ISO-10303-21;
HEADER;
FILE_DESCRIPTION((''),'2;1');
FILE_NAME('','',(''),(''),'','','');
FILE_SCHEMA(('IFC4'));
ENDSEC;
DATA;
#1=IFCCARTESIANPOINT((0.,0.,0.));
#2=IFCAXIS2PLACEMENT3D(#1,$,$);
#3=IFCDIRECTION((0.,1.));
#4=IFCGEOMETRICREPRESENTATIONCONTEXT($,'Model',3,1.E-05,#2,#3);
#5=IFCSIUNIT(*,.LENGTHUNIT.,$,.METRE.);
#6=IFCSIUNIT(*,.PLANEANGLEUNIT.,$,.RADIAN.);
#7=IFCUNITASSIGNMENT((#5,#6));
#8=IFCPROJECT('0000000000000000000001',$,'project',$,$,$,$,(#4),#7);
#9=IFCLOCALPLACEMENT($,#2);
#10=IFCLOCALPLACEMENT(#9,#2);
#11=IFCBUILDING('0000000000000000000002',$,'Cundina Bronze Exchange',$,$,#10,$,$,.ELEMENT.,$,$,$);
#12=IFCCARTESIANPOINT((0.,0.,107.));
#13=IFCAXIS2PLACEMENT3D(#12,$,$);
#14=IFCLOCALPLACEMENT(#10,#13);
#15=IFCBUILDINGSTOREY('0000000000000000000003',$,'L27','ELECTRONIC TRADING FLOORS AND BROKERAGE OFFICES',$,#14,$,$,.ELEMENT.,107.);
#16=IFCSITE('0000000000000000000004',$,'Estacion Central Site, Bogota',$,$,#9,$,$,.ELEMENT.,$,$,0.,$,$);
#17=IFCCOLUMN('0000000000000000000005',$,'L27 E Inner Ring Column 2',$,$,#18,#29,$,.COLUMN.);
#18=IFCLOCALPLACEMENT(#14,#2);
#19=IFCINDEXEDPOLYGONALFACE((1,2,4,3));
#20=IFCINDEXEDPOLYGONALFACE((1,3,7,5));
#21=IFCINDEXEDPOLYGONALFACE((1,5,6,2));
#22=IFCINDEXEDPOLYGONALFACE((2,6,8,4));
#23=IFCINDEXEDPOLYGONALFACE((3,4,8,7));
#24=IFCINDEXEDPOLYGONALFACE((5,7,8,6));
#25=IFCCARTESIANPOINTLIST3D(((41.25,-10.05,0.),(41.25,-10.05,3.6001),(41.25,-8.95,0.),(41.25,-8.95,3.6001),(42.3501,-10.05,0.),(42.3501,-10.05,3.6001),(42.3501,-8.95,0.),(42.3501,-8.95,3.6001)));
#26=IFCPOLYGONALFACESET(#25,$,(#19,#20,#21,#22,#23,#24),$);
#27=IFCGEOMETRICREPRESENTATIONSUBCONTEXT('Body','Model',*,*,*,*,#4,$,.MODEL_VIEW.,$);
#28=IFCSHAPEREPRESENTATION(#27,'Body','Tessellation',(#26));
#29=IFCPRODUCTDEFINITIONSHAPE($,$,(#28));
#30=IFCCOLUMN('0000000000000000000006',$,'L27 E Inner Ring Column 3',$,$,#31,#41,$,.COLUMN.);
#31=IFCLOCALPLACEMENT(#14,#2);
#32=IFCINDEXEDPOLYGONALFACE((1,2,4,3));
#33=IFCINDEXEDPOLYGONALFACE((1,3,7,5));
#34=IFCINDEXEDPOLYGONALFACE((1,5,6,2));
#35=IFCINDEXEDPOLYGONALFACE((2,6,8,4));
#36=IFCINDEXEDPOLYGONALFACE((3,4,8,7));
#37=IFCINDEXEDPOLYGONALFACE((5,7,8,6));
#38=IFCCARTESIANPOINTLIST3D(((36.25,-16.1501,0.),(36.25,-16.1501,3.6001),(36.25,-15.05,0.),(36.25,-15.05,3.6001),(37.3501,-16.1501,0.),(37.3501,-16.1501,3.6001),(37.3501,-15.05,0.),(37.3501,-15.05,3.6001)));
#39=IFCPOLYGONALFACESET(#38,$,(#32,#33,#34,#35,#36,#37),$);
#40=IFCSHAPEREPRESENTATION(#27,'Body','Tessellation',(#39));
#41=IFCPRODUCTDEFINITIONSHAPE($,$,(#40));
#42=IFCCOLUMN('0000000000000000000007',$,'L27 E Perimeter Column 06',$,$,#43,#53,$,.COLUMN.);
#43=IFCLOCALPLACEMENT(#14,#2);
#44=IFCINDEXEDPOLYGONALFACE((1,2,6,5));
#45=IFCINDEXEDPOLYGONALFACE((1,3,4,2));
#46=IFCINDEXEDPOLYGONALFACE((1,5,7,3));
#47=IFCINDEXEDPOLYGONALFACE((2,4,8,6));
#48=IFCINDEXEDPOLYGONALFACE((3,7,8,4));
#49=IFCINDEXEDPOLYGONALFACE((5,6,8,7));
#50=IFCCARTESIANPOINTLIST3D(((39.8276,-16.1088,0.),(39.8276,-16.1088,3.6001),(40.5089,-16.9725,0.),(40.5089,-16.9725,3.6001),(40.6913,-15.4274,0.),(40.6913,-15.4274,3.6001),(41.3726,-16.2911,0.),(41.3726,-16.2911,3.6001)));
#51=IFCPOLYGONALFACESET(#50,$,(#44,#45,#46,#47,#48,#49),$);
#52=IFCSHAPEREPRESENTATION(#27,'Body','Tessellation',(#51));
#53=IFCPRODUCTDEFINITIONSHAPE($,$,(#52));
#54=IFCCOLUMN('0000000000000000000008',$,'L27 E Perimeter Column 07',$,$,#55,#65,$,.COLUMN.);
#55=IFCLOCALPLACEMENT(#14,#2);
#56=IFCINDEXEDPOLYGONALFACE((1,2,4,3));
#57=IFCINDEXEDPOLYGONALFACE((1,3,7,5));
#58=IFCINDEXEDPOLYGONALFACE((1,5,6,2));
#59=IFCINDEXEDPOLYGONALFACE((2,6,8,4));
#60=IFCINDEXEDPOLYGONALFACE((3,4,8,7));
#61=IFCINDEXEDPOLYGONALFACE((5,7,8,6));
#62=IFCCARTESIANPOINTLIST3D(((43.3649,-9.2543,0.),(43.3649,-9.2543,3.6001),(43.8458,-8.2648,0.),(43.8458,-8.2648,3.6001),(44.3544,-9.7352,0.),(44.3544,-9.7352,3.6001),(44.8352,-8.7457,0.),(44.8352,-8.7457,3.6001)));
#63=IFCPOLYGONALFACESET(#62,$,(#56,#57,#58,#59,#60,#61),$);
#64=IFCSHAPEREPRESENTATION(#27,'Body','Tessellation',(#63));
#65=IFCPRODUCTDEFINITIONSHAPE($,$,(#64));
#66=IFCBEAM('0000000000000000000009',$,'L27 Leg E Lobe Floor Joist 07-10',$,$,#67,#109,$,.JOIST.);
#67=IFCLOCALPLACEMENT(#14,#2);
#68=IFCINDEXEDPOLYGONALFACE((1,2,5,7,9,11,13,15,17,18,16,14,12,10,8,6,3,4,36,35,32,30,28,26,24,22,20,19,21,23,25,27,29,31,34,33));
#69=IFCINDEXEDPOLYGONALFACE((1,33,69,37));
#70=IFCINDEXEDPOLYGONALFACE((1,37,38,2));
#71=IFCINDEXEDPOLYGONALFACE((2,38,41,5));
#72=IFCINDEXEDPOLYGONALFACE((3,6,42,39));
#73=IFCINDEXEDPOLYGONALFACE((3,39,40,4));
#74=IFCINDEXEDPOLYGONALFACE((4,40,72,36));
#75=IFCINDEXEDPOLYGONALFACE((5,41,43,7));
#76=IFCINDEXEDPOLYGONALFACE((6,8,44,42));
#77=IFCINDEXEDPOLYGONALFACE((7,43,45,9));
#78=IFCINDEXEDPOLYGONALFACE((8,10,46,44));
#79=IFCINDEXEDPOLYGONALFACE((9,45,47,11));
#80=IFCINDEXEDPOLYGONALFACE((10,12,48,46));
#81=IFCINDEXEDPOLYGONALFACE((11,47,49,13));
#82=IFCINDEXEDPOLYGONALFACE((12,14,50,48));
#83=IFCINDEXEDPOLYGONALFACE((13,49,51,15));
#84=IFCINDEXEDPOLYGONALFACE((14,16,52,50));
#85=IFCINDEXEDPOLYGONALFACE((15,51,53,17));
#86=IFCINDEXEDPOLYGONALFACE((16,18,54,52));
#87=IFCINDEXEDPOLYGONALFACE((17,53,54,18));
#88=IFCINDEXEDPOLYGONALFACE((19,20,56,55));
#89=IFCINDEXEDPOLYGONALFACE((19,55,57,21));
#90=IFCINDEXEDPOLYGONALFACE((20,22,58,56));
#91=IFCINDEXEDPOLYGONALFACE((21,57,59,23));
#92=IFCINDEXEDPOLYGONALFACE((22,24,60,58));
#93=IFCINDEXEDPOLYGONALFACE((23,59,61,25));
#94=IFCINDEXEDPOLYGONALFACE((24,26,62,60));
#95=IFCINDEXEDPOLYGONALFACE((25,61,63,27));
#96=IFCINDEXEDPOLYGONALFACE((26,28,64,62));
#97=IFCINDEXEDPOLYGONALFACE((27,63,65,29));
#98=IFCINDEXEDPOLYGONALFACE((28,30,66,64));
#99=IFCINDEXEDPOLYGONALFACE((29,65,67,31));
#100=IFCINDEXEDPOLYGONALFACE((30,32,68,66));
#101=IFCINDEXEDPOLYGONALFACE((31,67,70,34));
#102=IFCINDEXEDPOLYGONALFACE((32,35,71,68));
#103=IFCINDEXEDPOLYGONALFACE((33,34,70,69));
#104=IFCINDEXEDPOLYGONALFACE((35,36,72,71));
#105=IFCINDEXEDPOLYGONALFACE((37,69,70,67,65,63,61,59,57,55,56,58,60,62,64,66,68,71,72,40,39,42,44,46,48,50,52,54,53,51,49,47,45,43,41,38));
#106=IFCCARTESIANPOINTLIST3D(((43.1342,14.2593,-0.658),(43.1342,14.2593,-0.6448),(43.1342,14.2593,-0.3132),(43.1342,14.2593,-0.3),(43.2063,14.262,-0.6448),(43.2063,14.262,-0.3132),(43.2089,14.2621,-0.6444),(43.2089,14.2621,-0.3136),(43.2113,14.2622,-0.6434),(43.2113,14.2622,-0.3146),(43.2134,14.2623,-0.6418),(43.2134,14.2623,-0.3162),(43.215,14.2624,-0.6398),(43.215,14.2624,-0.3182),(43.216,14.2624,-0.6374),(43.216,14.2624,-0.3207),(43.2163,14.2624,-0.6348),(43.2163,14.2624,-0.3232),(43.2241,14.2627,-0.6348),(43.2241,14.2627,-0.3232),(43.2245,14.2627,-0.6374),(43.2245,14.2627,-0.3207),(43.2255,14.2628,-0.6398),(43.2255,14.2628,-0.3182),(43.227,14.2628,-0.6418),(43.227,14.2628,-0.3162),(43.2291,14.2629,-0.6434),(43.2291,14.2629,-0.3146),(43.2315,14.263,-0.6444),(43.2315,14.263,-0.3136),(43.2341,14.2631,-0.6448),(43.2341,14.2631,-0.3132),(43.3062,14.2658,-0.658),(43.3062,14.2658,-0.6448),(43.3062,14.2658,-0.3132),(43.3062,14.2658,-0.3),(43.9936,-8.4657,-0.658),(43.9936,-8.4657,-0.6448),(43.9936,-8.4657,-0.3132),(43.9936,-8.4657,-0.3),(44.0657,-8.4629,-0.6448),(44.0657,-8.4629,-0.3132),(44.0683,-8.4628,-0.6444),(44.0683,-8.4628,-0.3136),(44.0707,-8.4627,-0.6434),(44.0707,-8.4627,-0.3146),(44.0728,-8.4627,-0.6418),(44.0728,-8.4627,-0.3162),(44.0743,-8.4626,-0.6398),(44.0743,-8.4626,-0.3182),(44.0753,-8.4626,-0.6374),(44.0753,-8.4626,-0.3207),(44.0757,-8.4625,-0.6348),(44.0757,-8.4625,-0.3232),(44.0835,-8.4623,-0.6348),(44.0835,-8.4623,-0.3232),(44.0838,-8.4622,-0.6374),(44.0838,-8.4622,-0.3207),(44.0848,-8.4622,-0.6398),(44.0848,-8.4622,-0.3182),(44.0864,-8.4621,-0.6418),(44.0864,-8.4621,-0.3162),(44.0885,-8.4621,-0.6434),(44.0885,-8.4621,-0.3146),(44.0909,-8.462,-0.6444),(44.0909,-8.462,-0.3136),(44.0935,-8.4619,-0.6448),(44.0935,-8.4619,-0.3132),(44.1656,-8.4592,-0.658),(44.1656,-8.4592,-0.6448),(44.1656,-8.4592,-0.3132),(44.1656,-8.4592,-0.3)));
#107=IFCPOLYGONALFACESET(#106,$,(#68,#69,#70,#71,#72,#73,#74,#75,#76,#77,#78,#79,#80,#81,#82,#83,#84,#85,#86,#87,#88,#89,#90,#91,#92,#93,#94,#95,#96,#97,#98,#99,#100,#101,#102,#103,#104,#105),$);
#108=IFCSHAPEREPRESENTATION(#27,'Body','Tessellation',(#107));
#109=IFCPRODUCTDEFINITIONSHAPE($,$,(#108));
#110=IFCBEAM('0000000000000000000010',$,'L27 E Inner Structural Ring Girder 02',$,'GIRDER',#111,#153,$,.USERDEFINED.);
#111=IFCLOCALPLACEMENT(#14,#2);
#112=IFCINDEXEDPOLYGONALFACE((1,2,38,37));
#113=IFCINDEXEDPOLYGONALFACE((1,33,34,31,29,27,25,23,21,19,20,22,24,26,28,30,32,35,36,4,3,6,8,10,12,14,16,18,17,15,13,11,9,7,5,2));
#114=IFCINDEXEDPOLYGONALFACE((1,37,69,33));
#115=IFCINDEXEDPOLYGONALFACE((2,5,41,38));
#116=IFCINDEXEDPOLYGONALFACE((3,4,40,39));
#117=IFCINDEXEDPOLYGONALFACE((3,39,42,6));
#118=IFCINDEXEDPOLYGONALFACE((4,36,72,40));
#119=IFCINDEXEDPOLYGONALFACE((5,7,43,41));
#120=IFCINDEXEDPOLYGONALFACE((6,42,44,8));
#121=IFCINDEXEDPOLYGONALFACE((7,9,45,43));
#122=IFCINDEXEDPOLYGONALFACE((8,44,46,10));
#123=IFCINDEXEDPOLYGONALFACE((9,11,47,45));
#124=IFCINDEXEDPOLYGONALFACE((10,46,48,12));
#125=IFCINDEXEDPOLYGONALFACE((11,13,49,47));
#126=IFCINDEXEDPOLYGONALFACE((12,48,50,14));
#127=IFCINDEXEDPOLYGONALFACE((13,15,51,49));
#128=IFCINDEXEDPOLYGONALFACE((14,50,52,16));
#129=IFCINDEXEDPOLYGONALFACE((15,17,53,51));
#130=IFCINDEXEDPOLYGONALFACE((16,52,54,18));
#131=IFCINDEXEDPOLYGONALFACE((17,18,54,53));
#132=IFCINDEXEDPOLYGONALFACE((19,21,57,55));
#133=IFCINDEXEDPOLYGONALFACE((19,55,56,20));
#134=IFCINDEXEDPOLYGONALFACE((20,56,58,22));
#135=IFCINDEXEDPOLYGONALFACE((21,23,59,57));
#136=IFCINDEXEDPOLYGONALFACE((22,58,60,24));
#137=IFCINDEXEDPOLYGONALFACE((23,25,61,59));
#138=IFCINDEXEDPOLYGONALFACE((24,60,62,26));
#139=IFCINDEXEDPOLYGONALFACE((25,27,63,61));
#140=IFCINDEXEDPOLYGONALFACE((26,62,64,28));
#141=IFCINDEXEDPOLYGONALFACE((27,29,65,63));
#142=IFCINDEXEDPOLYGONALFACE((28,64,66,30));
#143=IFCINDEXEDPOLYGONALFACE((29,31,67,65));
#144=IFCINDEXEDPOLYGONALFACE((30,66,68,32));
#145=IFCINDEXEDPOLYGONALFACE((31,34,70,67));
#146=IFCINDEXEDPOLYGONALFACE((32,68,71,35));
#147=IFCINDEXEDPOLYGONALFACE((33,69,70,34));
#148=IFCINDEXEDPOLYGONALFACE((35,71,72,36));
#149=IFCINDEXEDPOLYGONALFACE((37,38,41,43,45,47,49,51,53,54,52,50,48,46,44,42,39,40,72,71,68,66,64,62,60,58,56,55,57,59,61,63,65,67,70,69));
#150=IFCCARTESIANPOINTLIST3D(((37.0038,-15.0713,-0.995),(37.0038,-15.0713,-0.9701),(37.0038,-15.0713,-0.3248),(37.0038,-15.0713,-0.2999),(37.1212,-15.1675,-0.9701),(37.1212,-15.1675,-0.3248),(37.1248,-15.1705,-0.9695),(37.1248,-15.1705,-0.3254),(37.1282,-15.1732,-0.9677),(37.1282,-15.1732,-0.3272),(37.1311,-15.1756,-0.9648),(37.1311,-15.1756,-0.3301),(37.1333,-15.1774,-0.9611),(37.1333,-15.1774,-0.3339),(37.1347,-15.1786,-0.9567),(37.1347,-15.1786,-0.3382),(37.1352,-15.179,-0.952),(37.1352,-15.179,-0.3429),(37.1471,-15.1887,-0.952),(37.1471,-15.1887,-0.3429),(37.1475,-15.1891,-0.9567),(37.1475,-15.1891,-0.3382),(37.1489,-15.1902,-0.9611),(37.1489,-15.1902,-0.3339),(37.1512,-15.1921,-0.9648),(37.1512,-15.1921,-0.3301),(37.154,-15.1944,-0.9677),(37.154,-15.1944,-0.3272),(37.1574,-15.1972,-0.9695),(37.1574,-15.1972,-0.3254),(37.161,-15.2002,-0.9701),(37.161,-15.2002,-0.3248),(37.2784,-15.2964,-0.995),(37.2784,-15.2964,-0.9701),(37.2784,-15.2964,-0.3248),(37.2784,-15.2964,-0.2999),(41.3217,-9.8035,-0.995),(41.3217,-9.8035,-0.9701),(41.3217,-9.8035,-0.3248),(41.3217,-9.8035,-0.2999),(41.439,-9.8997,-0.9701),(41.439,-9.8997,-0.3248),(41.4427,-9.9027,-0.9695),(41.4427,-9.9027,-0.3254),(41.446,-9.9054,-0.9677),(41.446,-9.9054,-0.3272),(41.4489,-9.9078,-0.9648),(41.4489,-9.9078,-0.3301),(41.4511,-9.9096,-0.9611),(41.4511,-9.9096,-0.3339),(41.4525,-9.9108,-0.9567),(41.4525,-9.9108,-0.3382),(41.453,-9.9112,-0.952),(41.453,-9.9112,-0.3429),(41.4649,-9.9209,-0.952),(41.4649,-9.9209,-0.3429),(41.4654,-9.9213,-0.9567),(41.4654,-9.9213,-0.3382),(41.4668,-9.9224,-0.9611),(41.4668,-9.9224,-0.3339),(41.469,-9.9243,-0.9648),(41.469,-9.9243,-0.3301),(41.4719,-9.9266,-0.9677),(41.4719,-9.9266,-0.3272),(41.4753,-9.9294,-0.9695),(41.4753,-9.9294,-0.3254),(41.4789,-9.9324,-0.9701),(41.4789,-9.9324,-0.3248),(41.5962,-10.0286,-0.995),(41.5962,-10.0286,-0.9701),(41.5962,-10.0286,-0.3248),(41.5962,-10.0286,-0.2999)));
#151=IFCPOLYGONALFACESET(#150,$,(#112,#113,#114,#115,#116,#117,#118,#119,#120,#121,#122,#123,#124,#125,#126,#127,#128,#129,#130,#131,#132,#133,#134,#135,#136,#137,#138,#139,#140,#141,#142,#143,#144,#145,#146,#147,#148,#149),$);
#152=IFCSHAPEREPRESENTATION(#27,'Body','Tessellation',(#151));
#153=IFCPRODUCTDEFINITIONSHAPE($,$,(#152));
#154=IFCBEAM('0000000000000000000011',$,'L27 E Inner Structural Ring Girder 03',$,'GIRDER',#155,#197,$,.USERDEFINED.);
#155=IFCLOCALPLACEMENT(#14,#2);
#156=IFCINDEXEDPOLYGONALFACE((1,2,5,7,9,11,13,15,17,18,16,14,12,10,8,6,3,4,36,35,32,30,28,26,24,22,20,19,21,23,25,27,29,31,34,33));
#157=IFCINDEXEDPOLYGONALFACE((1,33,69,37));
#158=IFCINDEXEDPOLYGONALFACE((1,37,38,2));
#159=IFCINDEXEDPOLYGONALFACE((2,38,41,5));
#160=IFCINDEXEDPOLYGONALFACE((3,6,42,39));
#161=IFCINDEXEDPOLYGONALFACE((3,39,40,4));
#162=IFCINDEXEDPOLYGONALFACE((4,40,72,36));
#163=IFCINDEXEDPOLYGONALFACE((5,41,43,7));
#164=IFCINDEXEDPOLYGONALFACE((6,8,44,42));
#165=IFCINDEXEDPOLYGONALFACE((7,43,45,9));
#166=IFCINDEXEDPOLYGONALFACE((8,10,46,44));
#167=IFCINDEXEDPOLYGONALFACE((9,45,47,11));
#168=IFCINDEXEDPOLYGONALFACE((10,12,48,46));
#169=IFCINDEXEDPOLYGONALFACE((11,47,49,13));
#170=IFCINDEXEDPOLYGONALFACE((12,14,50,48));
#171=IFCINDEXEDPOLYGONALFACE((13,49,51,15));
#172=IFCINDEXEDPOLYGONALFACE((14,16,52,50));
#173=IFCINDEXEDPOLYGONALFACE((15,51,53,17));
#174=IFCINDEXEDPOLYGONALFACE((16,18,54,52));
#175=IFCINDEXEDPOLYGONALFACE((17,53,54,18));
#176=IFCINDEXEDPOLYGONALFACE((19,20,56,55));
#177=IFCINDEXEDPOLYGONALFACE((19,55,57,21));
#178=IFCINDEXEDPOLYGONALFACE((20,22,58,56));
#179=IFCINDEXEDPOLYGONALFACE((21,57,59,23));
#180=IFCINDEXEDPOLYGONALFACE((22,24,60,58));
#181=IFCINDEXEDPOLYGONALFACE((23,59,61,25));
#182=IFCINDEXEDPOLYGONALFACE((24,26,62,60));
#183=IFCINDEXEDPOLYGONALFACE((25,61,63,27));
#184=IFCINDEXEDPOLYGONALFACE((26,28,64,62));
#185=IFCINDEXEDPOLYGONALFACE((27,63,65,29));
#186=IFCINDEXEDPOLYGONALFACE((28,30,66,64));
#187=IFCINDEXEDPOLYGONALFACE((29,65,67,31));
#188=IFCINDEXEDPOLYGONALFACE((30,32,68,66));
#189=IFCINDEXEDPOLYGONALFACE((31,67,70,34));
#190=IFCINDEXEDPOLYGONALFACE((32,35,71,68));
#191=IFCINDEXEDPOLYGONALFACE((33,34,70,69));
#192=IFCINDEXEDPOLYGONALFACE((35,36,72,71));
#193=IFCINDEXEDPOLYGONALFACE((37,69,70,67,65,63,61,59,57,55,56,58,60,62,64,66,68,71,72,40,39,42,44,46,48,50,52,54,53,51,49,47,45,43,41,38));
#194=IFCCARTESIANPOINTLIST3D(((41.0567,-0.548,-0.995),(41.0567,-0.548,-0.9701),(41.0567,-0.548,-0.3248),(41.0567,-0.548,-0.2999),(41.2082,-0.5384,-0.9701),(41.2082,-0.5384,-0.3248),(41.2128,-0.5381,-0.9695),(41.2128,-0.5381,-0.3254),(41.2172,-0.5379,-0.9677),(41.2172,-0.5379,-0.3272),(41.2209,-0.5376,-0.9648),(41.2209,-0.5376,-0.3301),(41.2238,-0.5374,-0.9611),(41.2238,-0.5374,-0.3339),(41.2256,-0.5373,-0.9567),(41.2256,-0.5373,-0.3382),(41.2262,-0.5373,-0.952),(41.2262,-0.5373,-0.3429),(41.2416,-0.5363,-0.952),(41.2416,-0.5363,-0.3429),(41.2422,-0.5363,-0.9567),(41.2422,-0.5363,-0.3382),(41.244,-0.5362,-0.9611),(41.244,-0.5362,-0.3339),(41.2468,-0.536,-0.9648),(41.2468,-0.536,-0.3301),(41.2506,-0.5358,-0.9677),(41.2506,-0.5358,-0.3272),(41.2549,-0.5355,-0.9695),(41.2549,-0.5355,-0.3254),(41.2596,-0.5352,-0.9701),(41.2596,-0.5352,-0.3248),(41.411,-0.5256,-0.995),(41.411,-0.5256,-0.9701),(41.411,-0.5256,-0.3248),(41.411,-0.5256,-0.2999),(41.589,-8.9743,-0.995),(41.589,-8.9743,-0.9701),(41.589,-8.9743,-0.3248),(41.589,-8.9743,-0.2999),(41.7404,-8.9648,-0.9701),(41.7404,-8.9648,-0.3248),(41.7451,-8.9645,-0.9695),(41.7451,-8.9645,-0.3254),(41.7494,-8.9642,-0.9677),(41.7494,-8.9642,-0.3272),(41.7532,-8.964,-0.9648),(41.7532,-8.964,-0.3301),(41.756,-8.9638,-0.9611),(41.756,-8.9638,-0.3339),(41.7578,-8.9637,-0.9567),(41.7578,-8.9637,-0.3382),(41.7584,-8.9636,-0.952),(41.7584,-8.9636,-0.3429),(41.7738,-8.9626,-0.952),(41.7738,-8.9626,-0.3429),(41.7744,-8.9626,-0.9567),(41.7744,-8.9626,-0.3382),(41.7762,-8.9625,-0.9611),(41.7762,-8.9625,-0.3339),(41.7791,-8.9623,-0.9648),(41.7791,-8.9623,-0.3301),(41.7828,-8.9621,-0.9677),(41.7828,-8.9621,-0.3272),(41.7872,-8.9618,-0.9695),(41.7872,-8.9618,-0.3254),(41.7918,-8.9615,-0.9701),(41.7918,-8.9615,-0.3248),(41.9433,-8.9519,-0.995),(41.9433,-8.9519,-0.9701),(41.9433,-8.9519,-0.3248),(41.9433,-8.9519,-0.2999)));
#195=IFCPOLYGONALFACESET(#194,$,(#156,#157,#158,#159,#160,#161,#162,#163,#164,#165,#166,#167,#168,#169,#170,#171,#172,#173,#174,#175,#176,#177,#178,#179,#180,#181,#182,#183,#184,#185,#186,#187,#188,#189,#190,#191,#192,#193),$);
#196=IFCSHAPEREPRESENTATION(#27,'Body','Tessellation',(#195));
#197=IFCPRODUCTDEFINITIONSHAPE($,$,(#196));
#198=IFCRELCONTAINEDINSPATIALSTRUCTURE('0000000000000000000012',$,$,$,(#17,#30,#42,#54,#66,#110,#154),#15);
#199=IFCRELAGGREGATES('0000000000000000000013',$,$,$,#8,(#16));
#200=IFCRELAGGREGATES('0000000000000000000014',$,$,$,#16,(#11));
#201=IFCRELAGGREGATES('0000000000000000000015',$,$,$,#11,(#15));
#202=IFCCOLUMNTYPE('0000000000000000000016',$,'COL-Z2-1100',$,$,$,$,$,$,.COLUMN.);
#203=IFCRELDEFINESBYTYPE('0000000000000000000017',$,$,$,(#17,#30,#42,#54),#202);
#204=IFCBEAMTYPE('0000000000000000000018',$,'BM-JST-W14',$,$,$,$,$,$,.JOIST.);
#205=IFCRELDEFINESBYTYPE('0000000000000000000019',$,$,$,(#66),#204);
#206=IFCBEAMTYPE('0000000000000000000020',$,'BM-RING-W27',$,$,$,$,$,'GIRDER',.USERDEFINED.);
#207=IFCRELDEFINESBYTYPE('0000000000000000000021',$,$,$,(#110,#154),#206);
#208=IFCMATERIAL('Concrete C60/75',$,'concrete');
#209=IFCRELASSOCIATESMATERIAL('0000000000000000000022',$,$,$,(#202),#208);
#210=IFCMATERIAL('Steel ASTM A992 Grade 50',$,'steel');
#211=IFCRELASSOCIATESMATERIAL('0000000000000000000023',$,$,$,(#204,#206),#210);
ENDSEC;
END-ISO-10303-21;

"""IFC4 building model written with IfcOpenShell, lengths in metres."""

from ifc_helpers import new_model, si_unit, direction, frame, origin, origin_2d, place, context, subcontext, project, spatial, rectangle, i_section, extrude, material, material_profile, profile_set, type_object, element, save


model = new_model("IFC4")

# Units and contexts
model_context = context("Model", 3, precision=1e-05, world=origin(), true_north=direction((0.0, 1.0)))
body_context = subcontext(model_context, "Body", "Model", "MODEL_VIEW")
ifc_project = project(units=[si_unit("LENGTHUNIT", "METRE"), si_unit("PLANEANGLEUNIT", "RADIAN")], contexts=[model_context])

# Site, building, storey
site_placement = place(None, origin())
site = spatial("IfcSite", under=ifc_project, at=site_placement, Name="Estacion Central Site, Bogota", CompositionType="ELEMENT", RefElevation=0.0)
building_placement = place(site_placement, origin())
building = spatial("IfcBuilding", under=site, at=building_placement, Name="Cundina Bronze Exchange", CompositionType="ELEMENT")
storey_placement = place(building_placement, frame((0.0, 0.0, 107.0)))
storey = spatial("IfcBuildingStorey", under=building, at=storey_placement, Name="L27", Description="ELECTRONIC TRADING FLOORS AND BROKERAGE OFFICES", CompositionType="ELEMENT", Elevation=107.0)

# Columns
ifc_material_1 = material(Name="Concrete C60/75", Category="concrete")
ifc_material_profile_1 = material_profile(ifc_material_1, rectangle(XDim=1.1001, YDim=1.1001, at=origin_2d()), Name="RC1100X1100", Category="concrete")
ifc_profile_set_1 = profile_set([ifc_material_profile_1], Name="Concrete C60/75")
column_type = type_object("IfcColumnType", Name="COL-Z2-1100", PredefinedType="COLUMN", material=ifc_profile_set_1)
for number, where, z_axis, x_axis, name in (
    (1, (41.8, -9.5, 0.0), (0.0, 0.0, 1.0), (1.0, 0.0, 0.0), "L27 E Inner Ring Column 2"),
    (2, (36.8, -15.6001, 0.0), (0.0, 0.0, 1.0), (1.0, 0.0, 0.0), "L27 E Inner Ring Column 3"),
    (3, (40.6001, -16.2, 0.0), (0.0, 0.0, 1.0), (0.785101, 0.619368, 0.0), "L27 E Perimeter Column 06"),
    (4, (44.1001, -9.0, 0.0), (0.0, 0.0, 1.0), (0.437116, 0.899405, 0.0), "L27 E Perimeter Column 07"),
):
    element("IfcColumn", number, at=place(storey_placement, frame(where, z_axis=z_axis, x_axis=x_axis)), inside=storey, type_object=column_type, Name=name, PredefinedType="COLUMN", context=body_context, shape_type="SweptSolid", body=[
        extrude(rectangle(XDim=1.1001, YDim=1.1001, at=origin_2d()), origin(), (0.0, 0.0, 1.0), 3.6001),
    ])

# Beams
ifc_material_2 = material(Name="Steel ASTM A992 Grade 50", Category="steel")
ifc_material_profile_2 = material_profile(ifc_material_2, i_section(OverallWidth=0.1721, OverallDepth=0.3579, WebThickness=0.0078, FlangeThickness=0.0132, FilletRadius=0.01, at=origin_2d()), Name="W14X38", Category="steel")
ifc_profile_set_2 = profile_set([ifc_material_profile_2], Name="Steel ASTM A992 Grade 50")
beam_type_1 = type_object("IfcBeamType", Name="BM-JST-W14", PredefinedType="JOIST", material=ifc_profile_set_2)
beam_1_placement = place(storey_placement, frame((44.0796, -8.4624, -0.479), z_axis=(-0.03779, 0.999286, 0.0), x_axis=(-0.999286, -0.03779, 0.0)))
element("IfcBeam", 5, at=beam_1_placement, inside=storey, type_object=beam_type_1, Name="L27 Leg E Lobe Floor Joist 07-10", PredefinedType="JOIST", context=body_context, shape_type="SweptSolid", body=[
    extrude(i_section(OverallWidth=0.1721, OverallDepth=0.3579, WebThickness=0.0078, FlangeThickness=0.0132, FilletRadius=0.01, at=origin_2d()), origin(), (0.0, 0.0, 1.0), 22.7412),
])
ifc_material_profile_3 = material_profile(ifc_material_2, i_section(OverallWidth=0.355, OverallDepth=0.6951, WebThickness=0.0154, FlangeThickness=0.0249, FilletRadius=0.0181, at=origin_2d()), Name="W27X146", Category="steel")
ifc_profile_set_3 = profile_set([ifc_material_profile_3], Name="Steel ASTM A992 Grade 50")
beam_type_2 = type_object("IfcBeamType", Name="BM-RING-W27", ElementType="GIRDER", PredefinedType="USERDEFINED", material=ifc_profile_set_3)
beam_2_placement = place(storey_placement, frame((37.1411, -15.1838, -0.6475), z_axis=(0.633927, 0.773393, 0.0), x_axis=(-0.773393, 0.633927, 0.0)))
element("IfcBeam", 6, at=beam_2_placement, inside=storey, type_object=beam_type_2, Name="L27 E Inner Structural Ring Girder 02", ObjectType="GIRDER", PredefinedType="USERDEFINED", context=body_context, shape_type="SweptSolid", body=[
    extrude(i_section(OverallWidth=0.355, OverallDepth=0.6951, WebThickness=0.0154, FlangeThickness=0.0249, FilletRadius=0.0181, at=origin_2d()), origin(), (0.0, 0.0, 1.0), 6.8113),
])
beam_3_placement = place(storey_placement, frame((41.7661, -8.9631, -0.6475), z_axis=(-0.063037, 0.998011, 0.0), x_axis=(-0.998011, -0.063037, 0.0)))
element("IfcBeam", 7, at=beam_3_placement, inside=storey, type_object=beam_type_2, Name="L27 E Inner Structural Ring Girder 03", ObjectType="GIRDER", PredefinedType="USERDEFINED", context=body_context, shape_type="SweptSolid", body=[
    extrude(i_section(OverallWidth=0.355, OverallDepth=0.6951, WebThickness=0.0154, FlangeThickness=0.0249, FilletRadius=0.0181, at=origin_2d()), origin(), (0.0, 0.0, 1.0), 8.4431),
])

save(model, "model.ifc")
